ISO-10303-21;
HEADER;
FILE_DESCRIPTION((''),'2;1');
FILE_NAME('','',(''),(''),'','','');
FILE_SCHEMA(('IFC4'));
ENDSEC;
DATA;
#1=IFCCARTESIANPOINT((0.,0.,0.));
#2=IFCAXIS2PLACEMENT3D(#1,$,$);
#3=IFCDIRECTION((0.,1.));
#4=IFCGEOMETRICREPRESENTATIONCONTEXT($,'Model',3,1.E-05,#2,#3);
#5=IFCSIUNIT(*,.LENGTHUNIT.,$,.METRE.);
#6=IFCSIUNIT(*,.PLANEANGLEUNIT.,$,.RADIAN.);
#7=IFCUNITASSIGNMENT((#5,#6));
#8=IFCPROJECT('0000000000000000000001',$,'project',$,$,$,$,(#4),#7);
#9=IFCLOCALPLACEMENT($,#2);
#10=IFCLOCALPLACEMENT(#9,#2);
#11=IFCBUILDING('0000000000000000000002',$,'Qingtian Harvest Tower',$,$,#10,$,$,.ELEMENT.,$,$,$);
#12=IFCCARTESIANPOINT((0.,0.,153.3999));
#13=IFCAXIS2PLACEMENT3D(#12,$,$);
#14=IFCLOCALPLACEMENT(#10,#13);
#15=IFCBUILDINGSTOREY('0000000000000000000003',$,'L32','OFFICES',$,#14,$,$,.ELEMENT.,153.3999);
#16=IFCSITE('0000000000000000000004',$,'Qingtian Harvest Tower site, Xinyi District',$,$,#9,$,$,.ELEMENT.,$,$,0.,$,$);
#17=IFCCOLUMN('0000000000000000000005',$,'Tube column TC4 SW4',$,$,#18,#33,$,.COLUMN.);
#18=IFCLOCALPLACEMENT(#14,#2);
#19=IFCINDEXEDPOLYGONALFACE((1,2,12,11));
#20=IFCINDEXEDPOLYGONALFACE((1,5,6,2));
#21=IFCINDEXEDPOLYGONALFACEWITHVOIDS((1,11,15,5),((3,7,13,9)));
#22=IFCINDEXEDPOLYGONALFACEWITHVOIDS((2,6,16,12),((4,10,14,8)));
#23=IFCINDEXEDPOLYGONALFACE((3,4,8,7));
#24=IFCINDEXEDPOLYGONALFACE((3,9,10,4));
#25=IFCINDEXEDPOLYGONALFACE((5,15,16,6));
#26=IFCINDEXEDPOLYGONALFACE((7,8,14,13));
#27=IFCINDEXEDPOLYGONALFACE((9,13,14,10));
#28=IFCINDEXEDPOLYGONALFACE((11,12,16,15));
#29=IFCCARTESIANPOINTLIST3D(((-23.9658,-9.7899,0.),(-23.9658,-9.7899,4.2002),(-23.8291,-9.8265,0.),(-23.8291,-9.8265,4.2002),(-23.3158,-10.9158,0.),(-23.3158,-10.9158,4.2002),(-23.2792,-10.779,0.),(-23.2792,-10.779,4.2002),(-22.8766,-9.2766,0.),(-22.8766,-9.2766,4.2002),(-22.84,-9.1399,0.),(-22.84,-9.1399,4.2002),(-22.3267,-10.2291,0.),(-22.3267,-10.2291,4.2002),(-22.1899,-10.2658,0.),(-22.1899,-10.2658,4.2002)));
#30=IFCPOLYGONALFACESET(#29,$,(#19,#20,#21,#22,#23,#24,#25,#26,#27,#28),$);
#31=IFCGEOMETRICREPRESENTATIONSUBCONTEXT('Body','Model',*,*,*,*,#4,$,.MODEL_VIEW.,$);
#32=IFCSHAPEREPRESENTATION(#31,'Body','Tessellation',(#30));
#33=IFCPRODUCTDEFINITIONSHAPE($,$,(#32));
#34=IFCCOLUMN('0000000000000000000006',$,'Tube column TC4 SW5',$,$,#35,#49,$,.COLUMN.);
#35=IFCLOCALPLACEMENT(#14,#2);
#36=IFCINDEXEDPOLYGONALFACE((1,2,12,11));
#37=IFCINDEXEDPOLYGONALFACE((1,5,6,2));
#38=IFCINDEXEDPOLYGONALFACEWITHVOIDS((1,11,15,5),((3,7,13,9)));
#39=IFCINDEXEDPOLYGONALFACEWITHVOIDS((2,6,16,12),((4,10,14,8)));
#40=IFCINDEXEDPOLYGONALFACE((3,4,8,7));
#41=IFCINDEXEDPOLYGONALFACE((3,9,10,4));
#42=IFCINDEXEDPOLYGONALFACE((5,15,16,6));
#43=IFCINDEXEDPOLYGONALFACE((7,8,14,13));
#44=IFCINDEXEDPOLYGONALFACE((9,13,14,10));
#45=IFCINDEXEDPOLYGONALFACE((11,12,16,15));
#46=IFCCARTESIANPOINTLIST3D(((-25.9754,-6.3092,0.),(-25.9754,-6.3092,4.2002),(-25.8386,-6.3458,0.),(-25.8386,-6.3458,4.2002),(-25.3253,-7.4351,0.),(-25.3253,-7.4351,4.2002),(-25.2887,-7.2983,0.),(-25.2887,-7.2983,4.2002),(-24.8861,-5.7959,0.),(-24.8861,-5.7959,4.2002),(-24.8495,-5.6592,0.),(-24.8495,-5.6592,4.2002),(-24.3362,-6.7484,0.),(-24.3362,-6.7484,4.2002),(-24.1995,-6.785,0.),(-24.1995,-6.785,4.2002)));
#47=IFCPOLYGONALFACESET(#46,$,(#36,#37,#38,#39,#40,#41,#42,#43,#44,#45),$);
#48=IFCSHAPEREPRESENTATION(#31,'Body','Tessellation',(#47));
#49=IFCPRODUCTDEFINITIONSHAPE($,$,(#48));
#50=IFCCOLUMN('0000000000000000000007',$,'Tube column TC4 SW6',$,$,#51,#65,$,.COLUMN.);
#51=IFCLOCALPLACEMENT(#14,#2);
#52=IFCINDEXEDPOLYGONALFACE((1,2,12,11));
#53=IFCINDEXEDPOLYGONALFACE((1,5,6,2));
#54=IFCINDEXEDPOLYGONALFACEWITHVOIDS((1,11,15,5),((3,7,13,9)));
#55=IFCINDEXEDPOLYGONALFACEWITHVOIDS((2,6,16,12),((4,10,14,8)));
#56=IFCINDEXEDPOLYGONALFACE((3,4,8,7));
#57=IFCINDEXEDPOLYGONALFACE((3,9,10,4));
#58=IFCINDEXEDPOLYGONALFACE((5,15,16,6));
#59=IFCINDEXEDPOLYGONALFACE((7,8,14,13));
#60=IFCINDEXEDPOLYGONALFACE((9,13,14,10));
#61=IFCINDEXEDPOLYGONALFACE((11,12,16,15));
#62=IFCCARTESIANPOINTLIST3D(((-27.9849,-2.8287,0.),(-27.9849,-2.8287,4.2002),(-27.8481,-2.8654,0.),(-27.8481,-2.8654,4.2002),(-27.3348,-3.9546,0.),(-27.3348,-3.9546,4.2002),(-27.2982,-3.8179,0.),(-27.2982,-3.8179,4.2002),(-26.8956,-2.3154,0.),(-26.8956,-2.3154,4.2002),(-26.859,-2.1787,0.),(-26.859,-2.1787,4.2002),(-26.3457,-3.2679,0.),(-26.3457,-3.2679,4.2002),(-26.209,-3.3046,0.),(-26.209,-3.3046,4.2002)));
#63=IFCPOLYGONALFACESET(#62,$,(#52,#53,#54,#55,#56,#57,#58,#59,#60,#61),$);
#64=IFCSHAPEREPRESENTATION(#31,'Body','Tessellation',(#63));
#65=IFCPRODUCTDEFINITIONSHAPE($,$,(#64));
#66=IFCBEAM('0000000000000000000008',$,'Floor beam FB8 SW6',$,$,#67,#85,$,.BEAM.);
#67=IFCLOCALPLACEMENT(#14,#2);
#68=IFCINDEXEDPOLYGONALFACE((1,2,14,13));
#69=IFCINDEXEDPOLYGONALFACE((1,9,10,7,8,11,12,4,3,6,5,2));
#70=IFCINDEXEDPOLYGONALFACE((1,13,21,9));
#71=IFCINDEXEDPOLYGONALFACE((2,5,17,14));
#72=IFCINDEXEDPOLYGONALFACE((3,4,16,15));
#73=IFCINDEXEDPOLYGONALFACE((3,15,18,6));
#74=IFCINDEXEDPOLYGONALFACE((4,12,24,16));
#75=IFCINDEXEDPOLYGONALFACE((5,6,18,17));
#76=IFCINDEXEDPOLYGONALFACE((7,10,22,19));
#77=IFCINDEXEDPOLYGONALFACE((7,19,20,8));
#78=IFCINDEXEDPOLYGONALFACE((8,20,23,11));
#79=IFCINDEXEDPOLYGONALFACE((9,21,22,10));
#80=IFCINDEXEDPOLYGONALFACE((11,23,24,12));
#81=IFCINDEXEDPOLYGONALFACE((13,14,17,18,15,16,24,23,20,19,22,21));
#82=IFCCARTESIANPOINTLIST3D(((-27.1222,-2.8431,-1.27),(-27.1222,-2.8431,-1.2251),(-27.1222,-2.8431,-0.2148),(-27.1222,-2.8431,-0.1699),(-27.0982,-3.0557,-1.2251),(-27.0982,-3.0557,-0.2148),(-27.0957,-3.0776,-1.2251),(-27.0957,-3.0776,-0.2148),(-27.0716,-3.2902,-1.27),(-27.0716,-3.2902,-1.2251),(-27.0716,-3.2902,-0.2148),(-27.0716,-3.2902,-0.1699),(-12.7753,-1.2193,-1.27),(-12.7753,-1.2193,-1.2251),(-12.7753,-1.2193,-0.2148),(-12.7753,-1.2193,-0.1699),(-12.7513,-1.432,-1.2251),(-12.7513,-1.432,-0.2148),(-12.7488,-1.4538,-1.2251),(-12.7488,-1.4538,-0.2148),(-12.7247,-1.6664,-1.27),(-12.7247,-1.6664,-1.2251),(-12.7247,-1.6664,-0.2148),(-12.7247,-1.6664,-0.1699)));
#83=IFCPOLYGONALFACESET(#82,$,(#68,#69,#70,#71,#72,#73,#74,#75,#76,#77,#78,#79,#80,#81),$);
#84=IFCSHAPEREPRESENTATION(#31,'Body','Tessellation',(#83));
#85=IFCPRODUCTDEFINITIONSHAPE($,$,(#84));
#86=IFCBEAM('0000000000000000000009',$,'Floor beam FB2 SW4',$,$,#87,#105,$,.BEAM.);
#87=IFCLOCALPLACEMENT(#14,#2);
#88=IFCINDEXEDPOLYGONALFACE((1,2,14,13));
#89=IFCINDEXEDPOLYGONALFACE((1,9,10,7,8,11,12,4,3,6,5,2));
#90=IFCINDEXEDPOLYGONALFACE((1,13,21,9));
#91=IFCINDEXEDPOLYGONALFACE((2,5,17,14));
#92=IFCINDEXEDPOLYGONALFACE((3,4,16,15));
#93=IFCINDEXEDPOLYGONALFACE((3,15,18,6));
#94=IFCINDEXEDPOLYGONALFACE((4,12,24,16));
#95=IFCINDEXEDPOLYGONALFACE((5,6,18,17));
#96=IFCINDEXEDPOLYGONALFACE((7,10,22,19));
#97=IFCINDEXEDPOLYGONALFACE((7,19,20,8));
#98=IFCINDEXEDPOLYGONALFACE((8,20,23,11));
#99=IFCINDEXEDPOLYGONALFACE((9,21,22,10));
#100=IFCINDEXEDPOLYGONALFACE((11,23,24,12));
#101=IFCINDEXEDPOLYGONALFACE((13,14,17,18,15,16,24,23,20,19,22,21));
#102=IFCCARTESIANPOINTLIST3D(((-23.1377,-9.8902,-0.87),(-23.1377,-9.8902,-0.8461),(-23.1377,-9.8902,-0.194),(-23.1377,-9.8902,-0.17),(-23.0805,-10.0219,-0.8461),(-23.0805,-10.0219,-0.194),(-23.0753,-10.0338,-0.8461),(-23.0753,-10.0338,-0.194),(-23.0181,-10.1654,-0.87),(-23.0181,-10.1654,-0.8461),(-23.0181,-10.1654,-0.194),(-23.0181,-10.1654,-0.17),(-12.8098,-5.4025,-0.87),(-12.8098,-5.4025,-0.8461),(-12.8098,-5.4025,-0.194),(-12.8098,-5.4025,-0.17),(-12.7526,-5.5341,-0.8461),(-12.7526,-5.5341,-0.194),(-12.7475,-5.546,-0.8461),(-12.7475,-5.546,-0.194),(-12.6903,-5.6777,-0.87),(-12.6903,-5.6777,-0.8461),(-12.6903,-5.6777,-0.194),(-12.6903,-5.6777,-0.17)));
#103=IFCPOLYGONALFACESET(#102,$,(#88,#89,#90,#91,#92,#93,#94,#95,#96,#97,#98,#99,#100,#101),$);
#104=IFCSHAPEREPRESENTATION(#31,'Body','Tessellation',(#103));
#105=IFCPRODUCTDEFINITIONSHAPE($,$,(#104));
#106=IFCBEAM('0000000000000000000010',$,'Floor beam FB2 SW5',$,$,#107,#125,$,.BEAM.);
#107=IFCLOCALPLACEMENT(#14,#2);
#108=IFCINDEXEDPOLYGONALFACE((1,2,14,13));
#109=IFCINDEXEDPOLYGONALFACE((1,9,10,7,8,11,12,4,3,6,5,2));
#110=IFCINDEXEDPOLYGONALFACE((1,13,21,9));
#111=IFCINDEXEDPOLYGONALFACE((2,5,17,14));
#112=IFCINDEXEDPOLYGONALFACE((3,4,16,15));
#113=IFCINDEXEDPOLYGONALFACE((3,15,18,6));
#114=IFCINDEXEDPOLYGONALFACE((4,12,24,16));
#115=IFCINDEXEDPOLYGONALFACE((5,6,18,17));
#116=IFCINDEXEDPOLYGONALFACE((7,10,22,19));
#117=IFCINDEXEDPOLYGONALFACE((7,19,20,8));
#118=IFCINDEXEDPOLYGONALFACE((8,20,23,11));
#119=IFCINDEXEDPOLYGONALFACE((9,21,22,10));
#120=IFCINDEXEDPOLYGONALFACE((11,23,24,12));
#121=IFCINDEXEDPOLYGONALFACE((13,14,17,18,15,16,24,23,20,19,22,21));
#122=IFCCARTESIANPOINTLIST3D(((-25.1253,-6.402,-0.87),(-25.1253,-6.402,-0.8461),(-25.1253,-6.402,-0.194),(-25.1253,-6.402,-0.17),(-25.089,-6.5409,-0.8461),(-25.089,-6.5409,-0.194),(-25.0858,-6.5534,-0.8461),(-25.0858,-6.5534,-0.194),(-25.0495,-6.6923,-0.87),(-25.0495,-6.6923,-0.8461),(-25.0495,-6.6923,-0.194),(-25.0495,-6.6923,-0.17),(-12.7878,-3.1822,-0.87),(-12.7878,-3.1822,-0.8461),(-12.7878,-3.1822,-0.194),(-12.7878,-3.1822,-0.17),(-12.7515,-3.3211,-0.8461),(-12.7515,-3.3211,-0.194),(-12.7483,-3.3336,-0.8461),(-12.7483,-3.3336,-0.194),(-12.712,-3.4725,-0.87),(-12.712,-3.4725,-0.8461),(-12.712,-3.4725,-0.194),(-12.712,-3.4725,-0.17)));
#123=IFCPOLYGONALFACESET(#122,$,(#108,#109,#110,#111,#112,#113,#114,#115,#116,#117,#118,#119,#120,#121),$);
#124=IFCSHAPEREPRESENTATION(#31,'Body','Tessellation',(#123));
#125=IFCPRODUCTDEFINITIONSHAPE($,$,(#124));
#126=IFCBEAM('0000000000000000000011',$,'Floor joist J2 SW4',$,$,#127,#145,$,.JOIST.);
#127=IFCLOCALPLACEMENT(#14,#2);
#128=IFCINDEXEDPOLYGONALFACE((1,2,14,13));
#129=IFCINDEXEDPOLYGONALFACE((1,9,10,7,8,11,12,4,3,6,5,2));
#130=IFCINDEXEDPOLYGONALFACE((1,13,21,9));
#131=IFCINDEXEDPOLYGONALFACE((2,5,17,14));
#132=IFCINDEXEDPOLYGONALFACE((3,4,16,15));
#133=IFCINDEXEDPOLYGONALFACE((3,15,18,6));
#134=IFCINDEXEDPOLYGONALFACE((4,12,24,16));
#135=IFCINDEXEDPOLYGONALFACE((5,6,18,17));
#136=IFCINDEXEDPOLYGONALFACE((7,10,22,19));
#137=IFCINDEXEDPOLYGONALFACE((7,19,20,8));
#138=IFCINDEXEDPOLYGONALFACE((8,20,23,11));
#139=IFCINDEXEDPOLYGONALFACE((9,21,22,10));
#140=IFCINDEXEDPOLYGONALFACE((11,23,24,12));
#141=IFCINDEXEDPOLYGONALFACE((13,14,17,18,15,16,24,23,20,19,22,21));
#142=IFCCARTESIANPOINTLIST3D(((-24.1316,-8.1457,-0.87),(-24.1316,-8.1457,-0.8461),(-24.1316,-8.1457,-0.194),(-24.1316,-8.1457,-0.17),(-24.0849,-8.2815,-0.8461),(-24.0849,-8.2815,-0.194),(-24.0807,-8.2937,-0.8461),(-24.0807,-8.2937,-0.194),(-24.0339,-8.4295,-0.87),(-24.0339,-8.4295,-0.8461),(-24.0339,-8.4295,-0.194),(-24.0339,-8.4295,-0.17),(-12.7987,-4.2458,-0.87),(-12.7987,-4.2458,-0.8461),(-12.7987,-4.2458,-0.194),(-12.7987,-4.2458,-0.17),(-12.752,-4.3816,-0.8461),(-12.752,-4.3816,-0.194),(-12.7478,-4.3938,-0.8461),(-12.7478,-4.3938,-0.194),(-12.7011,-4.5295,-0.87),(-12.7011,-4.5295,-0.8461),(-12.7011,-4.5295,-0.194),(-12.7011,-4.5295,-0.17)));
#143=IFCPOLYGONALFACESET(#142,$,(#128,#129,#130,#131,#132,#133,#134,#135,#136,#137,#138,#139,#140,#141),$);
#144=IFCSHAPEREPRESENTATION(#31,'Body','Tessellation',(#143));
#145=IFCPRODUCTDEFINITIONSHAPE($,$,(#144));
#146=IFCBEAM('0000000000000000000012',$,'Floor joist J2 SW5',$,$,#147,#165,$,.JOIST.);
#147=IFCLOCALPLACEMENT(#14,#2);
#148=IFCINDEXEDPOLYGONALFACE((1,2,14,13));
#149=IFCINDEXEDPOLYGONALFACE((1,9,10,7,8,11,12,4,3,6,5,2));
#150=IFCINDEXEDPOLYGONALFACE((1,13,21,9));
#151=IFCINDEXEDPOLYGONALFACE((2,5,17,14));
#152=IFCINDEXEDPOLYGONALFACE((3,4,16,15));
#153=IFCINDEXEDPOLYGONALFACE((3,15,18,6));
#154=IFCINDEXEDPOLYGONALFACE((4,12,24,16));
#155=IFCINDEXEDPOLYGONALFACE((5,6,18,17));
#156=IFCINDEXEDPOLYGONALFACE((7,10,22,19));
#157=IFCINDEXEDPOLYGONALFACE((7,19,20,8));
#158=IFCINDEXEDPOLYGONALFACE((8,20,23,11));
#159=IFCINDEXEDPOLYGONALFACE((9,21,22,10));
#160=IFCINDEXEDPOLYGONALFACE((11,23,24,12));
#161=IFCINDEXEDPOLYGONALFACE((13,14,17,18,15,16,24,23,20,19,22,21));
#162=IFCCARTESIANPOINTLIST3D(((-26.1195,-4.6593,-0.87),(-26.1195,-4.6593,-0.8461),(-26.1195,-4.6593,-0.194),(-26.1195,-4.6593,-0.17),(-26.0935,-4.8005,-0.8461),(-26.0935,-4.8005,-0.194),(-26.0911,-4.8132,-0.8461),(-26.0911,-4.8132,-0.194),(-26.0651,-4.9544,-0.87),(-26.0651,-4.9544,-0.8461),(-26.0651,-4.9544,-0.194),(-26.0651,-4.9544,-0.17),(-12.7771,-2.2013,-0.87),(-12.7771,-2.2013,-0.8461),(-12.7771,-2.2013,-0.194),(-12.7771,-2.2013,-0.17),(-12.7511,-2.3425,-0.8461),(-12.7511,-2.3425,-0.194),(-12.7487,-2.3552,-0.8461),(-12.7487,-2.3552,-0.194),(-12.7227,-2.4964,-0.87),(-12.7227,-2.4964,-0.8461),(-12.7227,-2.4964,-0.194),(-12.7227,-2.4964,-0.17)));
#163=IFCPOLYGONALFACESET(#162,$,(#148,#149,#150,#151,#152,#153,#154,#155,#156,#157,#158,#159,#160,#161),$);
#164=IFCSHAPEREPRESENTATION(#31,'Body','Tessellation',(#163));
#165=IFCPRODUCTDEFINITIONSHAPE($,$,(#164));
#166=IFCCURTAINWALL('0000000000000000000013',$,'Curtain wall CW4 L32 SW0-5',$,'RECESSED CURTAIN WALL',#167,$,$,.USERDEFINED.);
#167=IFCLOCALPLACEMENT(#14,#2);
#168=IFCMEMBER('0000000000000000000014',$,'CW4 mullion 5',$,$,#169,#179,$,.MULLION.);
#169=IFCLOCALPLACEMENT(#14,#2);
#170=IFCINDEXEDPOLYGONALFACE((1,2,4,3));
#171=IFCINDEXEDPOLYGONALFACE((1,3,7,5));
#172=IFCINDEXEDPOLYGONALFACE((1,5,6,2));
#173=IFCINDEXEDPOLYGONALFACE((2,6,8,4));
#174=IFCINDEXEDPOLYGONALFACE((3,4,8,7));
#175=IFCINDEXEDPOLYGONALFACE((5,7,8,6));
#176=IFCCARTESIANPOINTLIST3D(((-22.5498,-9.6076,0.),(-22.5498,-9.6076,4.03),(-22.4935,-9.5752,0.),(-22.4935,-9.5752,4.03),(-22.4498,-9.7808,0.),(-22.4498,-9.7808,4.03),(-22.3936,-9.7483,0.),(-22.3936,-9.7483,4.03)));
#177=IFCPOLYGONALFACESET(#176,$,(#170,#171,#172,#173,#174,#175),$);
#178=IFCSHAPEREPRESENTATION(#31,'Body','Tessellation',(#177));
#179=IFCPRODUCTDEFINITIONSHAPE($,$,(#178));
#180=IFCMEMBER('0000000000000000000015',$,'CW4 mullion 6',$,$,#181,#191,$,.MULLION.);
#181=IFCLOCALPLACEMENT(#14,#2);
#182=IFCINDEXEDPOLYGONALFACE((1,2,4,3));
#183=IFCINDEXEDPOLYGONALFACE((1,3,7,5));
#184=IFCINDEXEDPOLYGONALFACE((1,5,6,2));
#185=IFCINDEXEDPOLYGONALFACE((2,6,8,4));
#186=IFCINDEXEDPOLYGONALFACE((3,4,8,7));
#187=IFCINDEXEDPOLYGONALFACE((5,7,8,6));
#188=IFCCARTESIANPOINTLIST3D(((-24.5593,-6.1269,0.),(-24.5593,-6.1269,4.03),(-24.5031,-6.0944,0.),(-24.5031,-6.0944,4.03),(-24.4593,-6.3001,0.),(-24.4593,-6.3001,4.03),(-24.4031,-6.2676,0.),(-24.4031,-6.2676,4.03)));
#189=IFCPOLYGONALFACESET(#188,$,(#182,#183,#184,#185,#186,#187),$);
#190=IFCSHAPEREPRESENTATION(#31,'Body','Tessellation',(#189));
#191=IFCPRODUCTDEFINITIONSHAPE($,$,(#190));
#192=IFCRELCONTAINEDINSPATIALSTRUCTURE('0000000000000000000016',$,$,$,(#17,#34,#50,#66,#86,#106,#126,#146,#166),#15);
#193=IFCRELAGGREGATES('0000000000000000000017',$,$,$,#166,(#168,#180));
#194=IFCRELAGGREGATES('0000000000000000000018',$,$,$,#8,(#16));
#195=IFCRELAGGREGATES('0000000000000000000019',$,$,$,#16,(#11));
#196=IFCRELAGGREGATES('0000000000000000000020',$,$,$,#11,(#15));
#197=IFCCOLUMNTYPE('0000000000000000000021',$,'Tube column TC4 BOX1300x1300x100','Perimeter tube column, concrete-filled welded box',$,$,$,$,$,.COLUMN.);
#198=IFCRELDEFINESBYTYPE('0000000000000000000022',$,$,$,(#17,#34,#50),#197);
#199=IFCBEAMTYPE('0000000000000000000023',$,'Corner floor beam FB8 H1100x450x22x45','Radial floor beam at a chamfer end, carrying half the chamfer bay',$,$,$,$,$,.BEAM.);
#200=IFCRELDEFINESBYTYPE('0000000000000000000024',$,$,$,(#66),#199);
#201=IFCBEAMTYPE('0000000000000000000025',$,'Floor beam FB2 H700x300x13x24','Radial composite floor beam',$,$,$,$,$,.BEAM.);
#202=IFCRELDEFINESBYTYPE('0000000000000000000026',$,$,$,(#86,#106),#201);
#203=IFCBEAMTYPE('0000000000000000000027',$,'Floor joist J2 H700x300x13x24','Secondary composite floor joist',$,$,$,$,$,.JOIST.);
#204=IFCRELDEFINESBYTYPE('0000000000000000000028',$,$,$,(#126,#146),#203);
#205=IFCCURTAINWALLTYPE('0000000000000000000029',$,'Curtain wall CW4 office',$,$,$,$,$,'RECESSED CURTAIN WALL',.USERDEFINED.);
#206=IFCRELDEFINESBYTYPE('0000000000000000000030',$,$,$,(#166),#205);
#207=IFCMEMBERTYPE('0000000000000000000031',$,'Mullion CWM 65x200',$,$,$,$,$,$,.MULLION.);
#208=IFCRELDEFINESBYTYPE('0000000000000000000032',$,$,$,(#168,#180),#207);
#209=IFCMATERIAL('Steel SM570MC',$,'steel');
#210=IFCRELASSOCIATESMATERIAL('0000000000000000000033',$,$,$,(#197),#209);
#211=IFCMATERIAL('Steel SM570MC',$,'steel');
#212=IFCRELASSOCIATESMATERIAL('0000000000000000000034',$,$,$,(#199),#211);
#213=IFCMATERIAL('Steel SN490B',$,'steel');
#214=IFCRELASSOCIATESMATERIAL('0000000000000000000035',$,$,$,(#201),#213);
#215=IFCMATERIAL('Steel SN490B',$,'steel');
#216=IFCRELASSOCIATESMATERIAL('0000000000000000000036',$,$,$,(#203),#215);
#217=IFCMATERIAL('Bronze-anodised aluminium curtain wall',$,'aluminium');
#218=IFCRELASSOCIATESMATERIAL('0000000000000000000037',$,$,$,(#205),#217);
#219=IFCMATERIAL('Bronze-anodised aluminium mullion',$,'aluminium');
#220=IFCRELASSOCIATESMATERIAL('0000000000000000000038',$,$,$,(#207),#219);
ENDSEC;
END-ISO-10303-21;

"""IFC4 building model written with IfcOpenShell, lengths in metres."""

from ifc_helpers import new_model, si_unit, direction, frame, origin, origin_2d, place, context, subcontext, project, spatial, rectangle, hollow_rectangle, i_section, extrude, material, material_profile, profile_set, type_object, element, aggregate, save


model = new_model("IFC4")

# Units and contexts
model_context = context("Model", 3, precision=1e-05, world=origin(), true_north=direction((0.0, 1.0)))
body_context = subcontext(model_context, "Body", "Model", "MODEL_VIEW")
ifc_project = project(units=[si_unit("LENGTHUNIT", "METRE"), si_unit("PLANEANGLEUNIT", "RADIAN")], contexts=[model_context])

# Site, building, storey
site_placement = place(None, origin())
site = spatial("IfcSite", under=ifc_project, at=site_placement, Name="Qingtian Harvest Tower site, Xinyi District", CompositionType="ELEMENT", RefElevation=0.0)
building_placement = place(site_placement, origin())
building = spatial("IfcBuilding", under=site, at=building_placement, Name="Qingtian Harvest Tower", CompositionType="ELEMENT")
storey_placement = place(building_placement, frame((0.0, 0.0, 153.3999)))
storey = spatial("IfcBuildingStorey", under=building, at=storey_placement, Name="L32", Description="OFFICES", CompositionType="ELEMENT", Elevation=153.3999)

# Columns
ifc_material_1 = material(Name="Steel SM570MC", Category="steel")
ifc_material_profile_1 = material_profile(ifc_material_1, hollow_rectangle(XDim=1.3, YDim=1.3, WallThickness=0.1001, at=origin_2d()), Name="BOX1300x1300x100")
ifc_profile_set_1 = profile_set([ifc_material_profile_1], Name="Steel SM570MC")
column_type = type_object("IfcColumnType", Name="Tube column TC4 BOX1300x1300x100", Description="Perimeter tube column, concrete-filled welded box", PredefinedType="COLUMN", material=ifc_profile_set_1)
for number, where, z_axis, x_axis, name in (
    (1, (-23.0779, -10.0278, 0.0), (0.0, 0.0, 1.0), (0.5, -0.866025, 0.0), "Tube column TC4 SW4"),
    (2, (-25.0874, -6.5471, 0.0), (0.0, 0.0, 1.0), (0.5, -0.866025, 0.0), "Tube column TC4 SW5"),
    (3, (-27.0969, -3.0667, 0.0), (0.0, 0.0, 1.0), (0.5, -0.866025, 0.0), "Tube column TC4 SW6"),
):
    element("IfcColumn", number, at=place(storey_placement, frame(where, z_axis=z_axis, x_axis=x_axis)), inside=storey, type_object=column_type, Name=name, PredefinedType="COLUMN", context=body_context, shape_type="SweptSolid", body=[
        extrude(hollow_rectangle(XDim=1.3, YDim=1.3, WallThickness=0.1001, at=origin_2d()), origin(), (0.0, 0.0, 1.0), 4.2002),
    ])

# Beams
ifc_material_2 = material(Name="Steel SM570MC", Category="steel")
ifc_material_profile_2 = material_profile(ifc_material_2, i_section(OverallWidth=0.45, OverallDepth=1.1001, WebThickness=0.022, FlangeThickness=0.0449, at=origin_2d()), Name="H1100x450x22x45")
ifc_profile_set_2 = profile_set([ifc_material_profile_2], Name="Steel SM570MC")
beam_type_1 = type_object("IfcBeamType", Name="Corner floor beam FB8 H1100x450x22x45", Description="Radial floor beam at a chamfer end, carrying half the chamfer bay", PredefinedType="BEAM", material=ifc_profile_set_2)
beam_1_placement = place(storey_placement, frame((-27.0969, -3.0667, -0.72), z_axis=(0.993656, 0.112462, 0.0), x_axis=(-0.112462, 0.993656, 0.0)))
element("IfcBeam", 4, at=beam_1_placement, inside=storey, type_object=beam_type_1, Name="Floor beam FB8 SW6", PredefinedType="BEAM", context=body_context, shape_type="SweptSolid", body=[
    extrude(i_section(OverallWidth=0.45, OverallDepth=1.1001, WebThickness=0.022, FlangeThickness=0.0449, at=origin_2d()), origin(), (0.0, 0.0, 1.0), 14.4385),
])
ifc_material_3 = material(Name="Steel SN490B", Category="steel")
ifc_material_profile_3 = material_profile(ifc_material_3, i_section(OverallWidth=0.3, OverallDepth=0.7, WebThickness=0.0129, FlangeThickness=0.0239, at=origin_2d()), Name="H700x300x13x24")
ifc_profile_set_3 = profile_set([ifc_material_profile_3], Name="Steel SN490B")
beam_type_2 = type_object("IfcBeamType", Name="Floor beam FB2 H700x300x13x24", Description="Radial composite floor beam", PredefinedType="BEAM", material=ifc_profile_set_3)
beam_2_placement = place(storey_placement, frame((-23.0779, -10.0278, -0.52), z_axis=(0.917154, 0.398533, 0.0), x_axis=(-0.398533, 0.917154, 0.0)))
element("IfcBeam", 5, at=beam_2_placement, inside=storey, type_object=beam_type_2, Name="Floor beam FB2 SW4", PredefinedType="BEAM", context=body_context, shape_type="SweptSolid", body=[
    extrude(i_section(OverallWidth=0.3, OverallDepth=0.7, WebThickness=0.0129, FlangeThickness=0.0239, at=origin_2d()), origin(), (0.0, 0.0, 1.0), 11.2607),
])
beam_3_placement = place(storey_placement, frame((-25.0874, -6.5471, -0.52), z_axis=(0.967593, 0.252515, 0.0), x_axis=(-0.252515, 0.967593, 0.0)))
element("IfcBeam", 6, at=beam_3_placement, inside=storey, type_object=beam_type_2, Name="Floor beam FB2 SW5", PredefinedType="BEAM", context=body_context, shape_type="SweptSolid", body=[
    extrude(i_section(OverallWidth=0.3, OverallDepth=0.7, WebThickness=0.0129, FlangeThickness=0.0239, at=origin_2d()), origin(), (0.0, 0.0, 1.0), 12.7507),
])
ifc_material_4 = material(Name="Steel SN490B", Category="steel")
ifc_material_profile_4 = material_profile(ifc_material_4, i_section(OverallWidth=0.3, OverallDepth=0.7, WebThickness=0.0129, FlangeThickness=0.0239, at=origin_2d()), Name="H700x300x13x24")
ifc_profile_set_4 = profile_set([ifc_material_profile_4], Name="Steel SN490B")
beam_type_3 = type_object("IfcBeamType", Name="Floor joist J2 H700x300x13x24", Description="Secondary composite floor joist", PredefinedType="JOIST", material=ifc_profile_set_4)
beam_4_placement = place(storey_placement, frame((-24.0828, -8.2876, -0.52), z_axis=(0.945577, 0.325398, 0.0), x_axis=(-0.325398, 0.945577, 0.0)))
element("IfcBeam", 7, at=beam_4_placement, inside=storey, type_object=beam_type_3, Name="Floor joist J2 SW4", PredefinedType="JOIST", context=body_context, shape_type="SweptSolid", body=[
    extrude(i_section(OverallWidth=0.3, OverallDepth=0.7, WebThickness=0.0129, FlangeThickness=0.0239, at=origin_2d()), origin(), (0.0, 0.0, 1.0), 11.9851),
])
beam_5_placement = place(storey_placement, frame((-26.0923, -4.8069, -0.52), z_axis=(0.98345, 0.181178, 0.0), x_axis=(-0.181178, 0.98345, 0.0)))
element("IfcBeam", 8, at=beam_5_placement, inside=storey, type_object=beam_type_3, Name="Floor joist J2 SW5", PredefinedType="JOIST", context=body_context, shape_type="SweptSolid", body=[
    extrude(i_section(OverallWidth=0.3, OverallDepth=0.7, WebThickness=0.0129, FlangeThickness=0.0239, at=origin_2d()), origin(), (0.0, 0.0, 1.0), 13.5669),
])

# Curtain wall, members
ifc_material_5 = material(Name="Bronze-anodised aluminium curtain wall", Category="aluminium")
curtain_wall_type = type_object("IfcCurtainWallType", Name="Curtain wall CW4 office", ElementType="RECESSED CURTAIN WALL", PredefinedType="USERDEFINED", material=ifc_material_5)
curtain_wall_1_placement = place(storey_placement, origin())
curtain_wall_1 = element("IfcCurtainWall", 9, at=curtain_wall_1_placement, inside=storey, type_object=curtain_wall_type, Name="Curtain wall CW4 L32 SW0-5", ObjectType="RECESSED CURTAIN WALL", PredefinedType="USERDEFINED")
ifc_material_6 = material(Name="Bronze-anodised aluminium mullion", Category="aluminium")
ifc_material_profile_5 = material_profile(ifc_material_6, rectangle(XDim=0.0649, YDim=0.2, at=origin_2d()), Name="AL 65x200")
ifc_profile_set_5 = profile_set([ifc_material_profile_5], Name="Bronze-anodised aluminium mullion")
member_type_1 = type_object("IfcMemberType", Name="Mullion CWM 65x200", PredefinedType="MULLION", material=ifc_profile_set_5)
member_1_placement = place(storey_placement, frame((-22.4717, -9.678, 0.0), z_axis=(0.0, 0.0, 1.0), x_axis=(-0.866025, -0.5, 0.0)))
member_1 = element("IfcMember", 10, at=member_1_placement, type_object=member_type_1, Name="CW4 mullion 5", PredefinedType="MULLION", context=body_context, shape_type="SweptSolid", body=[
    extrude(rectangle(XDim=0.0649, YDim=0.2, at=origin_2d()), origin(), (0.0, 0.0, 1.0), 4.03),
])
member_2_placement = place(storey_placement, frame((-24.4812, -6.1973, 0.0), z_axis=(0.0, 0.0, 1.0), x_axis=(-0.866025, -0.5, 0.0)))
member_2 = element("IfcMember", 11, at=member_2_placement, type_object=member_type_1, Name="CW4 mullion 6", PredefinedType="MULLION", context=body_context, shape_type="SweptSolid", body=[
    extrude(rectangle(XDim=0.0649, YDim=0.2, at=origin_2d()), origin(), (0.0, 0.0, 1.0), 4.03),
])

aggregate(curtain_wall_1, [member_1, member_2])

save(model, "model.ifc")
